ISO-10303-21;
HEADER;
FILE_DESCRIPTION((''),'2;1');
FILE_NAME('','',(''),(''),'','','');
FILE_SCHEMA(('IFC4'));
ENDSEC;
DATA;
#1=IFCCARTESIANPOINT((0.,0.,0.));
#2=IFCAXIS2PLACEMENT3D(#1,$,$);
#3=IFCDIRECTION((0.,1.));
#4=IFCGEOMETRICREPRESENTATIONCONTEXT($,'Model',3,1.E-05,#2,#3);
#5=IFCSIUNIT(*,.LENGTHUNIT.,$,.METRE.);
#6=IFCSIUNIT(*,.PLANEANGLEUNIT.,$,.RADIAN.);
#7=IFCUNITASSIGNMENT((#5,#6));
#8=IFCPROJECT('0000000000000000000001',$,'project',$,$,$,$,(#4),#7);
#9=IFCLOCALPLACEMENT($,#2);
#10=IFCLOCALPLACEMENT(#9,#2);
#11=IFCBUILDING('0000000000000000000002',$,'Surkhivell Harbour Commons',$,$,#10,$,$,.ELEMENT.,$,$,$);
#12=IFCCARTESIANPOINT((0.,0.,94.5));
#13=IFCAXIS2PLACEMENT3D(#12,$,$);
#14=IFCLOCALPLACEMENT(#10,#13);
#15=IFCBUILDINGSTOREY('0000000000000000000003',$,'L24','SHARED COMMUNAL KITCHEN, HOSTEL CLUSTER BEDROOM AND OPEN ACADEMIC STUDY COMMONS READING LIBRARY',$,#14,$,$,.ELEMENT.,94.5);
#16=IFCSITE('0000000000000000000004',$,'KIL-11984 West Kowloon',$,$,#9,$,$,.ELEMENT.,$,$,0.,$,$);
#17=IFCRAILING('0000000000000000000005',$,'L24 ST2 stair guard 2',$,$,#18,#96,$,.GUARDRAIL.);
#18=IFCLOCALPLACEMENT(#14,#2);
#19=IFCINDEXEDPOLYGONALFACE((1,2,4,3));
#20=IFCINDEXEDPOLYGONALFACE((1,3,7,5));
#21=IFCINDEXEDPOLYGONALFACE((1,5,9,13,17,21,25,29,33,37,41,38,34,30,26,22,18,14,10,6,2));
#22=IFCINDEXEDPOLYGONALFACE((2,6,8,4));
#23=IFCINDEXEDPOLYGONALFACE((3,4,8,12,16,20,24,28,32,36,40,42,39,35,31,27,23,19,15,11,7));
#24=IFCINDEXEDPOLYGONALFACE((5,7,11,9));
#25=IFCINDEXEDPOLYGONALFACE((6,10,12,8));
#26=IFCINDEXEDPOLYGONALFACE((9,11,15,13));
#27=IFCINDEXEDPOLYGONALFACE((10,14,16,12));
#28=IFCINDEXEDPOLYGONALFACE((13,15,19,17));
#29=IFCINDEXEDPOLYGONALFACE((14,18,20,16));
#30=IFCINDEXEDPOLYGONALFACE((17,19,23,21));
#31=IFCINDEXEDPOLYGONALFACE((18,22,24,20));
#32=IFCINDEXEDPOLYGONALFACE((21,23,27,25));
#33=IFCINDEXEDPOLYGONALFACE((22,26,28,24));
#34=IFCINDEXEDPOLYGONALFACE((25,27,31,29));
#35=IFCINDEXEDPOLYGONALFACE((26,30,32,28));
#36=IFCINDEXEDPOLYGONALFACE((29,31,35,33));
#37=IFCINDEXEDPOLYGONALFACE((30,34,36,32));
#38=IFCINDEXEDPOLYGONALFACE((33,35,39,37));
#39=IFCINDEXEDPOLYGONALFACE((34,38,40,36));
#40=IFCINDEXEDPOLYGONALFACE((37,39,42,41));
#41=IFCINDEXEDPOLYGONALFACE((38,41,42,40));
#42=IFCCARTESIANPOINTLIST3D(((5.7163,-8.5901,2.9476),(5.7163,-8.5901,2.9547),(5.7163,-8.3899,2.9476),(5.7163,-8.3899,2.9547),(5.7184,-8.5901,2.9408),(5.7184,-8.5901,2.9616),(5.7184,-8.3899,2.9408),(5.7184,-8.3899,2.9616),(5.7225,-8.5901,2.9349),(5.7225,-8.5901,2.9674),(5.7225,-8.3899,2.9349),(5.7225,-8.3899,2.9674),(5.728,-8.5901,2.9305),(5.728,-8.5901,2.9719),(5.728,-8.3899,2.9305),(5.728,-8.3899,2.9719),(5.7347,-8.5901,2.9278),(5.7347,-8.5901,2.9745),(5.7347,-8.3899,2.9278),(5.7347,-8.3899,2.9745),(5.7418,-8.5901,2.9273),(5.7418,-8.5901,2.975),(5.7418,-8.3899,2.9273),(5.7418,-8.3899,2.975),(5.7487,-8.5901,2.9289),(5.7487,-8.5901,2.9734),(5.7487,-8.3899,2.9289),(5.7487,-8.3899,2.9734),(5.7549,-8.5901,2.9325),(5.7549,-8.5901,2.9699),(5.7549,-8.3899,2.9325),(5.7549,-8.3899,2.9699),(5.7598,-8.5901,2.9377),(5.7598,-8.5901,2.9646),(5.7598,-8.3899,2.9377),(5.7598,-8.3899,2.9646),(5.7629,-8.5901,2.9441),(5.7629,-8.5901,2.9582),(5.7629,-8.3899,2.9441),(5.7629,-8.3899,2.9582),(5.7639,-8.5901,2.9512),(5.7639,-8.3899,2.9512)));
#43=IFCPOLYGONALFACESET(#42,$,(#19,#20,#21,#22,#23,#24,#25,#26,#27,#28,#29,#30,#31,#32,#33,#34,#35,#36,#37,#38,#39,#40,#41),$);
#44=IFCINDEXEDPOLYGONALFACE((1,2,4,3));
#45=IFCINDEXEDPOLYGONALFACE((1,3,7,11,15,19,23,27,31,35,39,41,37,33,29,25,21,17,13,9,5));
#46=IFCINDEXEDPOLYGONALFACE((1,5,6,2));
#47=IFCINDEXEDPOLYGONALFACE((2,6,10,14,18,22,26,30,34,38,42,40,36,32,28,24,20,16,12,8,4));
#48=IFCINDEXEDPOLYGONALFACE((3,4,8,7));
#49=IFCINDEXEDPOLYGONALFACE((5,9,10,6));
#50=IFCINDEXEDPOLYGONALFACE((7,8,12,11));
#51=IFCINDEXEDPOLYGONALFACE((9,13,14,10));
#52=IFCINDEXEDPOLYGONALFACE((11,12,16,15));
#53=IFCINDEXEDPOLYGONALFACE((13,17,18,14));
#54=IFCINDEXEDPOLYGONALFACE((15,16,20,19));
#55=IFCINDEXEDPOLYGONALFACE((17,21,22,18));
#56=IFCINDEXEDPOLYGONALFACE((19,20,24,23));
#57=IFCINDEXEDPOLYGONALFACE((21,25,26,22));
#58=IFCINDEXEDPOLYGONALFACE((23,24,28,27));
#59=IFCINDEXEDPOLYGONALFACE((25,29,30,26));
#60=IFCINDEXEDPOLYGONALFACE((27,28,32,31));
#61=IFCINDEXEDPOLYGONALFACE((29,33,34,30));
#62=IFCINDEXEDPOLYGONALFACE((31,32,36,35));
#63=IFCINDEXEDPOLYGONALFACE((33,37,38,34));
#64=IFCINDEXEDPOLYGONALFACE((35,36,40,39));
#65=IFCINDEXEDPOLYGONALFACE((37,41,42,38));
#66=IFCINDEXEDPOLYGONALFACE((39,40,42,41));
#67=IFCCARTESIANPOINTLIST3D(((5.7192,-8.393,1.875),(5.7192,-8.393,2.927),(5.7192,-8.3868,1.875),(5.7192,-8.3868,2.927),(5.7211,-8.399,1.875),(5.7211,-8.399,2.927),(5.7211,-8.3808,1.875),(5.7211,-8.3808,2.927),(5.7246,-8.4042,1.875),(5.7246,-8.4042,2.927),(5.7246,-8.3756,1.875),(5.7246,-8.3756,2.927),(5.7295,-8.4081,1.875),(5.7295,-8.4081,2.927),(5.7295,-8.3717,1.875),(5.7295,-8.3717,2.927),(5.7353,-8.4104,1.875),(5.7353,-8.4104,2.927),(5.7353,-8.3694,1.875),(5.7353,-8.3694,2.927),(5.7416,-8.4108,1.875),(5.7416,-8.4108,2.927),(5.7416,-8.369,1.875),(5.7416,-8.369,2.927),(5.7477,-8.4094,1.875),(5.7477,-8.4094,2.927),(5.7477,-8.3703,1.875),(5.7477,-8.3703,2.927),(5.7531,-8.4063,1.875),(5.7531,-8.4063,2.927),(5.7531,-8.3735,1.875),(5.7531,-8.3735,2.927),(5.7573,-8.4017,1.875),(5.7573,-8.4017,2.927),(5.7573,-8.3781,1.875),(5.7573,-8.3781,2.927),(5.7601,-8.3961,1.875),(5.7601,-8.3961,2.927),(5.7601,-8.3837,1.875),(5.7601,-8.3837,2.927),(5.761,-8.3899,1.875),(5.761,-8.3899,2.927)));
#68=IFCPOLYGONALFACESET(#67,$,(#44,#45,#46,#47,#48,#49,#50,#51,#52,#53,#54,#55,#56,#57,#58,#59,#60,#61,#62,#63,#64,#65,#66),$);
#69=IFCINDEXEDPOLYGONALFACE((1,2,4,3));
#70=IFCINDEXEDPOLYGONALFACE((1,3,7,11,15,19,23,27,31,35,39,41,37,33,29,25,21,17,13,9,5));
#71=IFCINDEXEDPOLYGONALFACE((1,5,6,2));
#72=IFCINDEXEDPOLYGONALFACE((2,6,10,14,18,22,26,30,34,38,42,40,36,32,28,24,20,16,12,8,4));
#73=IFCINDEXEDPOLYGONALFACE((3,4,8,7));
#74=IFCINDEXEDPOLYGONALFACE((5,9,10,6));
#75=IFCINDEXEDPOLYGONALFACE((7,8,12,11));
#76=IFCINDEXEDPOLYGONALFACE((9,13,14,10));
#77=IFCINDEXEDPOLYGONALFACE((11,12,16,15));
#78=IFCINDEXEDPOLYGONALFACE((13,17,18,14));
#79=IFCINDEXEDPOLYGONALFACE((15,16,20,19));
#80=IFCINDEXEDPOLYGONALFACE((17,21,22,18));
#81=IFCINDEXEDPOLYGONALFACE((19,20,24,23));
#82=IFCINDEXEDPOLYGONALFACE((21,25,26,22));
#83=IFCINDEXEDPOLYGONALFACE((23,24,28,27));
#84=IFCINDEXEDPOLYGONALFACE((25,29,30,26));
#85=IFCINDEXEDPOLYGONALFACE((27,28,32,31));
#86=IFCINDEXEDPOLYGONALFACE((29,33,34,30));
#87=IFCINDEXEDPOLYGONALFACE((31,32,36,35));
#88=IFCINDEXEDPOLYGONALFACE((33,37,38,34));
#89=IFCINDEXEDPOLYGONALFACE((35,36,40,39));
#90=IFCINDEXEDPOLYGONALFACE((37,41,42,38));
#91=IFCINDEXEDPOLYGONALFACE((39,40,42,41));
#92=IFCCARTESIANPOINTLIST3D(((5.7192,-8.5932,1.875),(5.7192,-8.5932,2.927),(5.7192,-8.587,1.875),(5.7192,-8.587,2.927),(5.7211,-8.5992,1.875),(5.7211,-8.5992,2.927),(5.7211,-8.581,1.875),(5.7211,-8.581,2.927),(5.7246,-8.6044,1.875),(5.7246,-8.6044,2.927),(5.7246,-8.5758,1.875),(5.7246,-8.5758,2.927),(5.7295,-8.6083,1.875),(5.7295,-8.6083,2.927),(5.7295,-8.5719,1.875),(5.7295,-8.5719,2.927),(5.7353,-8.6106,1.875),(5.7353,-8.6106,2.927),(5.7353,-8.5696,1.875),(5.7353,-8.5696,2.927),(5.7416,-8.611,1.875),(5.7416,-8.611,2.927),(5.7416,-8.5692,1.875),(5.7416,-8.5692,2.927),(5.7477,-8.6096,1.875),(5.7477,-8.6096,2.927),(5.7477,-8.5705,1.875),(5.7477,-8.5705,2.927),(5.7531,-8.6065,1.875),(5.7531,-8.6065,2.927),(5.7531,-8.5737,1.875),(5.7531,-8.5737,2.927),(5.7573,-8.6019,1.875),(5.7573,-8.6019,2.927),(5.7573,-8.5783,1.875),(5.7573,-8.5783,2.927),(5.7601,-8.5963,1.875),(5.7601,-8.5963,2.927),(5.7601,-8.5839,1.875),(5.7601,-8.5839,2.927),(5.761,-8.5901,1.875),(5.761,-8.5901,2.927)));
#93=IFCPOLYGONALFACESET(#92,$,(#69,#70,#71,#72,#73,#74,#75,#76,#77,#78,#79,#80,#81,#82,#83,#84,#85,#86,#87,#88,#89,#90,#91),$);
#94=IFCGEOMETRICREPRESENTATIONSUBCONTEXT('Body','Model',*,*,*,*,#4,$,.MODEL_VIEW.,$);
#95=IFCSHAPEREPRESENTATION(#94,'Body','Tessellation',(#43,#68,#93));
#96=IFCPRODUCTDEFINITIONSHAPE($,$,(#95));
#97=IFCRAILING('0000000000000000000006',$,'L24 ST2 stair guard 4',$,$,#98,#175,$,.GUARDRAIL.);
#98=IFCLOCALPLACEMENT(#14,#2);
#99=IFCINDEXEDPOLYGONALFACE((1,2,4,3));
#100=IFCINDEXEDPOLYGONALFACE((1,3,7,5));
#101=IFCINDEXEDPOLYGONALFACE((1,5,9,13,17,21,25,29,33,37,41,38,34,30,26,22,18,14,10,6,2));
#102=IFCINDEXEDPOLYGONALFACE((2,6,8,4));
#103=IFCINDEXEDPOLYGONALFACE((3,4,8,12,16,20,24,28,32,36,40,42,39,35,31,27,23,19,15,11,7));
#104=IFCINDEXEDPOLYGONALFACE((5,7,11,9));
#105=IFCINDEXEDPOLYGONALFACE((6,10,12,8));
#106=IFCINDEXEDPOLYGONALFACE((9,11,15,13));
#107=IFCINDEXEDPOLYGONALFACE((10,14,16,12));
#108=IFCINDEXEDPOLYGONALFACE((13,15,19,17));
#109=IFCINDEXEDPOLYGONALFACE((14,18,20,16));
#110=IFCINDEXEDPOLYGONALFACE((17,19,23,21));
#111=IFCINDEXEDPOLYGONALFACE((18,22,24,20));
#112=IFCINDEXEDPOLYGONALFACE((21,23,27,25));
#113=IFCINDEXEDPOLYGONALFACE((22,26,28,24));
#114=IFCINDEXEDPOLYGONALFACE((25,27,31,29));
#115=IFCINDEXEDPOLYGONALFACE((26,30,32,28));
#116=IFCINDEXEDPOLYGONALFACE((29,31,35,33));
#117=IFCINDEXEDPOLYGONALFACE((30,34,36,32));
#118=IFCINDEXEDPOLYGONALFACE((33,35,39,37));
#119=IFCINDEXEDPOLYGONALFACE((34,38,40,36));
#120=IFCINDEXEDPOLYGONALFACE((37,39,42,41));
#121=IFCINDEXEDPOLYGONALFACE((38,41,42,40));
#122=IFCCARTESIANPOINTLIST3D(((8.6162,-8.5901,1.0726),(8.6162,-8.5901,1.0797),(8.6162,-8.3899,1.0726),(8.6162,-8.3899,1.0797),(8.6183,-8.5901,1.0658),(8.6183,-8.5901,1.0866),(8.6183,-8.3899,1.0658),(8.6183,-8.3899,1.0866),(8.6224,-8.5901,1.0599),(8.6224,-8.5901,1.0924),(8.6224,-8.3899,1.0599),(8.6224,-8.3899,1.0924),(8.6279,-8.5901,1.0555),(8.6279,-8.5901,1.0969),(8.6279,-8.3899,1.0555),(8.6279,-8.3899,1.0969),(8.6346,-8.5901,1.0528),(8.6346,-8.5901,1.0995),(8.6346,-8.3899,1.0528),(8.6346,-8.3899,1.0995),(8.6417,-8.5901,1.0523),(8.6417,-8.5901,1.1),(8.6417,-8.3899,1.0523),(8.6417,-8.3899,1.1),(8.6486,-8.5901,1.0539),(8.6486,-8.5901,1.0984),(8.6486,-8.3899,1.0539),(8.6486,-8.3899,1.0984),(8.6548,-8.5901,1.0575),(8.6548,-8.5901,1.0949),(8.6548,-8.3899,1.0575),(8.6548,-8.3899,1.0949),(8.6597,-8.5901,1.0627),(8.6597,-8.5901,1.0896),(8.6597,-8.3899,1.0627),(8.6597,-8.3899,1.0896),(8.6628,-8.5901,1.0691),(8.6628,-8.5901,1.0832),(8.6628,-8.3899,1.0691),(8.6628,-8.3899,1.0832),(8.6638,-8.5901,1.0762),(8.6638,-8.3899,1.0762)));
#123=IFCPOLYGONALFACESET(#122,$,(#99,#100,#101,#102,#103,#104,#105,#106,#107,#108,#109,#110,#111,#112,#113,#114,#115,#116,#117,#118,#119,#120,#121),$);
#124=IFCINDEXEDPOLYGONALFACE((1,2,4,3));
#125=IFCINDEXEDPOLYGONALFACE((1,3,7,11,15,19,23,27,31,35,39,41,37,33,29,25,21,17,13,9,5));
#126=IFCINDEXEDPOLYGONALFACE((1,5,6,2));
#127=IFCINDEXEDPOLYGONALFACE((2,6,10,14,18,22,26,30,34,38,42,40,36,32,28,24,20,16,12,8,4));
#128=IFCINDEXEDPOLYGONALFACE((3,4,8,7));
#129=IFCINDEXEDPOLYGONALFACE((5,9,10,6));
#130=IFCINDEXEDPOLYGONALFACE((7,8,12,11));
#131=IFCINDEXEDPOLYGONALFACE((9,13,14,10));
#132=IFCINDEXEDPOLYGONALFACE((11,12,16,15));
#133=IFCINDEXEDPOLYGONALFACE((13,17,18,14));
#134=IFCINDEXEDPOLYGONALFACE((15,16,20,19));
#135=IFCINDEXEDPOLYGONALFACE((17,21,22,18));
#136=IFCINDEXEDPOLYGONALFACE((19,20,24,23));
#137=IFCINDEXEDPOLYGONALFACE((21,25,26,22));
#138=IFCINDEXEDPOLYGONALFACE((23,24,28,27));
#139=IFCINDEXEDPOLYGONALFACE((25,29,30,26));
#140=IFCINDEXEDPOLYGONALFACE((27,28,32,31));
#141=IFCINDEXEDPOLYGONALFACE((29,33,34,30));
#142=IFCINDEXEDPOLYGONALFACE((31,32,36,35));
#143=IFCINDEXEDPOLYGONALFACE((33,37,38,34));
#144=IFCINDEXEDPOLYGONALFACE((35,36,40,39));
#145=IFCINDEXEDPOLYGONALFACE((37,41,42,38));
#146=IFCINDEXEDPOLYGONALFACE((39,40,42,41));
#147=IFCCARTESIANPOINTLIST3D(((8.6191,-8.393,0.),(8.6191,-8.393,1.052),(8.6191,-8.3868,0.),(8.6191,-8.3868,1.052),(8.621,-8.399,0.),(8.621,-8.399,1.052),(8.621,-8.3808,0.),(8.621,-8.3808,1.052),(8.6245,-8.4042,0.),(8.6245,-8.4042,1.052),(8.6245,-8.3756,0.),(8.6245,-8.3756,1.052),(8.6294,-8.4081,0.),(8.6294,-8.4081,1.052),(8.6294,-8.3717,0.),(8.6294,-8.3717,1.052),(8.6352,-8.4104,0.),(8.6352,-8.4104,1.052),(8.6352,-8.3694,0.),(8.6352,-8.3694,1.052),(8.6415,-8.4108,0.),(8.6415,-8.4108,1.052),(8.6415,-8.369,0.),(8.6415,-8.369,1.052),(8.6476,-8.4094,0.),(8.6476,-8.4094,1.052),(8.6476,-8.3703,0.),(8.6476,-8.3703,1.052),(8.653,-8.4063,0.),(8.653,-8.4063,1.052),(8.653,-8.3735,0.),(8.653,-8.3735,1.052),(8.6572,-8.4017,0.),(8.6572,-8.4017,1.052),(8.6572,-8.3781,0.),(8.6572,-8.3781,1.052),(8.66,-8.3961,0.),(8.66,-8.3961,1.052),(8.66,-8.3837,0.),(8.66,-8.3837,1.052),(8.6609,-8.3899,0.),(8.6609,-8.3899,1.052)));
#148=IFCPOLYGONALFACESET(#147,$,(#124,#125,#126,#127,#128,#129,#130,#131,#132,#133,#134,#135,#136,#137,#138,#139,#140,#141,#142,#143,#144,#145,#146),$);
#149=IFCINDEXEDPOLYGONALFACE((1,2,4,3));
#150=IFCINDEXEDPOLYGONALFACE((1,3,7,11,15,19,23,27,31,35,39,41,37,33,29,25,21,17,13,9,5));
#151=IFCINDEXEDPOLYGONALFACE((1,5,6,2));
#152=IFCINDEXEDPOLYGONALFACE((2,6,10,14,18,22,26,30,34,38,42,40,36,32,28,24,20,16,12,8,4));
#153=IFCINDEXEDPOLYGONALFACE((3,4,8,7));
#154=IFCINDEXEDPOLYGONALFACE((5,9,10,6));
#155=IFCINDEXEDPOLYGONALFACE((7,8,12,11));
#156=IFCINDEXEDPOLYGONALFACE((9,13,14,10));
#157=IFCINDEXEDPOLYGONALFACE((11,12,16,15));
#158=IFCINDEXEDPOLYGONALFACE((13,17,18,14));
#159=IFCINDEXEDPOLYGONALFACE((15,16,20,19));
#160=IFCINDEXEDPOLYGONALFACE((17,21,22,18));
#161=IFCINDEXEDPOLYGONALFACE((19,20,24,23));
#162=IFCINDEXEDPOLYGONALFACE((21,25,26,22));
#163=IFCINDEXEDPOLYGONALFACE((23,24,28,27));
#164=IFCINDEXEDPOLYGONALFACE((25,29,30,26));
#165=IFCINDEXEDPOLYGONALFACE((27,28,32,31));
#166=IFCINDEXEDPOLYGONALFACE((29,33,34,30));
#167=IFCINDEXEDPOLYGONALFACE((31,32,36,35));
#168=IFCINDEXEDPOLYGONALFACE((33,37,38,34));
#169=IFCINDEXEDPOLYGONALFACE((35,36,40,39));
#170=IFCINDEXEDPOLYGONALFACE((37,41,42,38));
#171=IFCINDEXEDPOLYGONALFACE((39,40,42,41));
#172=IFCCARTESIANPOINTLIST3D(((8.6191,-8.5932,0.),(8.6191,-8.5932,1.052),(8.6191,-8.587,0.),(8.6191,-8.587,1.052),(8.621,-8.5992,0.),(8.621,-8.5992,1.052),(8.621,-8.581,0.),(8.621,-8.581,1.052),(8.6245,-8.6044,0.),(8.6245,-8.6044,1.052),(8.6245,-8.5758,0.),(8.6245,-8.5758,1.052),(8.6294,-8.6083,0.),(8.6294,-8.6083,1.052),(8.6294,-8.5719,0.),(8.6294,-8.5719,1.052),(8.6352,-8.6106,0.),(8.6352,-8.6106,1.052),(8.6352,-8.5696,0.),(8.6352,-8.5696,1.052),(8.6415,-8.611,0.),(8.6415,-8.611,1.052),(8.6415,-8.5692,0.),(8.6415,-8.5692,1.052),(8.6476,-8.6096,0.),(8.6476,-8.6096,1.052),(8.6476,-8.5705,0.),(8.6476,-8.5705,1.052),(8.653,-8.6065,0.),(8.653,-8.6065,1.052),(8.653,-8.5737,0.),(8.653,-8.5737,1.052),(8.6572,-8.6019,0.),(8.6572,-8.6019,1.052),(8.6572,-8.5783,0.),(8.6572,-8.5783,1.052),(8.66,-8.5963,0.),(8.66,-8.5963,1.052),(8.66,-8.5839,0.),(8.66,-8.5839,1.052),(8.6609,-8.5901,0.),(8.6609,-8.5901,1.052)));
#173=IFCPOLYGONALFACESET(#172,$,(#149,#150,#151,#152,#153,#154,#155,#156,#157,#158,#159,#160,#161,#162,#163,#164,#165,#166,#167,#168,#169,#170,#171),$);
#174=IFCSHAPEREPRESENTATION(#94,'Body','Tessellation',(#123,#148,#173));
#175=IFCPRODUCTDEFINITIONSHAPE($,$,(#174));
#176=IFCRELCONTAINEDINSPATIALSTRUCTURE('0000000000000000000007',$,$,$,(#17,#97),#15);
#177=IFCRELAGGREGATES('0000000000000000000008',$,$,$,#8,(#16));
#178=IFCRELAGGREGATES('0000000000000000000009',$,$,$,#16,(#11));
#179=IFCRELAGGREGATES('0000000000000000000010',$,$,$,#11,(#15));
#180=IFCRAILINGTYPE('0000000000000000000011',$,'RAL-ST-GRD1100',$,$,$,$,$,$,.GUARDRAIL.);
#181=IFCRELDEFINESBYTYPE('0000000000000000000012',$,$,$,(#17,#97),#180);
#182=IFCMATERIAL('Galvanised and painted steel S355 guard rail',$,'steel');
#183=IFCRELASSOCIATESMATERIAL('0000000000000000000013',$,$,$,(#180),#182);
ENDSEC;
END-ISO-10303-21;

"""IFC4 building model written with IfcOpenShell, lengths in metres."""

from ifc_helpers import new_model, si_unit, direction, frame, origin, origin_2d, place, context, subcontext, project, spatial, circle, extrude, material, type_object, element, save


model = new_model("IFC4")

# Units and contexts
model_context = context("Model", 3, precision=1e-05, world=origin(), true_north=direction((0.0, 1.0)))
body_context = subcontext(model_context, "Body", "Model", "MODEL_VIEW")
ifc_project = project(units=[si_unit("LENGTHUNIT", "METRE"), si_unit("PLANEANGLEUNIT", "RADIAN")], contexts=[model_context])

# Site, building, storey
site_placement = place(None, origin())
site = spatial("IfcSite", under=ifc_project, at=site_placement, Name="KIL-11984 West Kowloon", CompositionType="ELEMENT", RefElevation=0.0)
building_placement = place(site_placement, origin())
building = spatial("IfcBuilding", under=site, at=building_placement, Name="Surkhivell Harbour Commons", CompositionType="ELEMENT")
storey_placement = place(building_placement, frame((0.0, 0.0, 94.5)))
storey = spatial("IfcBuildingStorey", under=building, at=storey_placement, Name="L24", Description="SHARED COMMUNAL KITCHEN, HOSTEL CLUSTER BEDROOM AND OPEN ACADEMIC STUDY COMMONS READING LIBRARY", CompositionType="ELEMENT", Elevation=94.5)

# Railings
ifc_material_1 = material(Name="Galvanised and painted steel S355 guard rail", Category="steel")
railing_type_1 = type_object("IfcRailingType", Name="RAL-ST-GRD1100", PredefinedType="GUARDRAIL", material=ifc_material_1)
for number, where, name in (
    (1, (5.74, -8.3899, 1.875), "L24 ST2 stair guard 2"),
    (2, (8.6399, -8.3899, 0.0), "L24 ST2 stair guard 4"),
):
    element("IfcRailing", number, at=place(storey_placement, frame(where)), inside=storey, type_object=railing_type_1, Name=name, PredefinedType="GUARDRAIL", context=body_context, shape_type="SweptSolid", body=[
        extrude(circle(Radius=0.0239, at=origin_2d()), frame((0.0, 0.0, 1.0762), z_axis=(0.0, -1.0, 0.0), x_axis=(1.0, 0.0, 0.0)), (0.0, 0.0, 1.0), 0.2002),
        extrude(circle(Radius=0.021, at=origin_2d()), origin(), (0.0, 0.0, 1.0), 1.052),
        extrude(circle(Radius=0.021, at=origin_2d()), frame((0.0, -0.2002, 0.0)), (0.0, 0.0, 1.0), 1.052),
    ])

save(model, "model.ifc")
